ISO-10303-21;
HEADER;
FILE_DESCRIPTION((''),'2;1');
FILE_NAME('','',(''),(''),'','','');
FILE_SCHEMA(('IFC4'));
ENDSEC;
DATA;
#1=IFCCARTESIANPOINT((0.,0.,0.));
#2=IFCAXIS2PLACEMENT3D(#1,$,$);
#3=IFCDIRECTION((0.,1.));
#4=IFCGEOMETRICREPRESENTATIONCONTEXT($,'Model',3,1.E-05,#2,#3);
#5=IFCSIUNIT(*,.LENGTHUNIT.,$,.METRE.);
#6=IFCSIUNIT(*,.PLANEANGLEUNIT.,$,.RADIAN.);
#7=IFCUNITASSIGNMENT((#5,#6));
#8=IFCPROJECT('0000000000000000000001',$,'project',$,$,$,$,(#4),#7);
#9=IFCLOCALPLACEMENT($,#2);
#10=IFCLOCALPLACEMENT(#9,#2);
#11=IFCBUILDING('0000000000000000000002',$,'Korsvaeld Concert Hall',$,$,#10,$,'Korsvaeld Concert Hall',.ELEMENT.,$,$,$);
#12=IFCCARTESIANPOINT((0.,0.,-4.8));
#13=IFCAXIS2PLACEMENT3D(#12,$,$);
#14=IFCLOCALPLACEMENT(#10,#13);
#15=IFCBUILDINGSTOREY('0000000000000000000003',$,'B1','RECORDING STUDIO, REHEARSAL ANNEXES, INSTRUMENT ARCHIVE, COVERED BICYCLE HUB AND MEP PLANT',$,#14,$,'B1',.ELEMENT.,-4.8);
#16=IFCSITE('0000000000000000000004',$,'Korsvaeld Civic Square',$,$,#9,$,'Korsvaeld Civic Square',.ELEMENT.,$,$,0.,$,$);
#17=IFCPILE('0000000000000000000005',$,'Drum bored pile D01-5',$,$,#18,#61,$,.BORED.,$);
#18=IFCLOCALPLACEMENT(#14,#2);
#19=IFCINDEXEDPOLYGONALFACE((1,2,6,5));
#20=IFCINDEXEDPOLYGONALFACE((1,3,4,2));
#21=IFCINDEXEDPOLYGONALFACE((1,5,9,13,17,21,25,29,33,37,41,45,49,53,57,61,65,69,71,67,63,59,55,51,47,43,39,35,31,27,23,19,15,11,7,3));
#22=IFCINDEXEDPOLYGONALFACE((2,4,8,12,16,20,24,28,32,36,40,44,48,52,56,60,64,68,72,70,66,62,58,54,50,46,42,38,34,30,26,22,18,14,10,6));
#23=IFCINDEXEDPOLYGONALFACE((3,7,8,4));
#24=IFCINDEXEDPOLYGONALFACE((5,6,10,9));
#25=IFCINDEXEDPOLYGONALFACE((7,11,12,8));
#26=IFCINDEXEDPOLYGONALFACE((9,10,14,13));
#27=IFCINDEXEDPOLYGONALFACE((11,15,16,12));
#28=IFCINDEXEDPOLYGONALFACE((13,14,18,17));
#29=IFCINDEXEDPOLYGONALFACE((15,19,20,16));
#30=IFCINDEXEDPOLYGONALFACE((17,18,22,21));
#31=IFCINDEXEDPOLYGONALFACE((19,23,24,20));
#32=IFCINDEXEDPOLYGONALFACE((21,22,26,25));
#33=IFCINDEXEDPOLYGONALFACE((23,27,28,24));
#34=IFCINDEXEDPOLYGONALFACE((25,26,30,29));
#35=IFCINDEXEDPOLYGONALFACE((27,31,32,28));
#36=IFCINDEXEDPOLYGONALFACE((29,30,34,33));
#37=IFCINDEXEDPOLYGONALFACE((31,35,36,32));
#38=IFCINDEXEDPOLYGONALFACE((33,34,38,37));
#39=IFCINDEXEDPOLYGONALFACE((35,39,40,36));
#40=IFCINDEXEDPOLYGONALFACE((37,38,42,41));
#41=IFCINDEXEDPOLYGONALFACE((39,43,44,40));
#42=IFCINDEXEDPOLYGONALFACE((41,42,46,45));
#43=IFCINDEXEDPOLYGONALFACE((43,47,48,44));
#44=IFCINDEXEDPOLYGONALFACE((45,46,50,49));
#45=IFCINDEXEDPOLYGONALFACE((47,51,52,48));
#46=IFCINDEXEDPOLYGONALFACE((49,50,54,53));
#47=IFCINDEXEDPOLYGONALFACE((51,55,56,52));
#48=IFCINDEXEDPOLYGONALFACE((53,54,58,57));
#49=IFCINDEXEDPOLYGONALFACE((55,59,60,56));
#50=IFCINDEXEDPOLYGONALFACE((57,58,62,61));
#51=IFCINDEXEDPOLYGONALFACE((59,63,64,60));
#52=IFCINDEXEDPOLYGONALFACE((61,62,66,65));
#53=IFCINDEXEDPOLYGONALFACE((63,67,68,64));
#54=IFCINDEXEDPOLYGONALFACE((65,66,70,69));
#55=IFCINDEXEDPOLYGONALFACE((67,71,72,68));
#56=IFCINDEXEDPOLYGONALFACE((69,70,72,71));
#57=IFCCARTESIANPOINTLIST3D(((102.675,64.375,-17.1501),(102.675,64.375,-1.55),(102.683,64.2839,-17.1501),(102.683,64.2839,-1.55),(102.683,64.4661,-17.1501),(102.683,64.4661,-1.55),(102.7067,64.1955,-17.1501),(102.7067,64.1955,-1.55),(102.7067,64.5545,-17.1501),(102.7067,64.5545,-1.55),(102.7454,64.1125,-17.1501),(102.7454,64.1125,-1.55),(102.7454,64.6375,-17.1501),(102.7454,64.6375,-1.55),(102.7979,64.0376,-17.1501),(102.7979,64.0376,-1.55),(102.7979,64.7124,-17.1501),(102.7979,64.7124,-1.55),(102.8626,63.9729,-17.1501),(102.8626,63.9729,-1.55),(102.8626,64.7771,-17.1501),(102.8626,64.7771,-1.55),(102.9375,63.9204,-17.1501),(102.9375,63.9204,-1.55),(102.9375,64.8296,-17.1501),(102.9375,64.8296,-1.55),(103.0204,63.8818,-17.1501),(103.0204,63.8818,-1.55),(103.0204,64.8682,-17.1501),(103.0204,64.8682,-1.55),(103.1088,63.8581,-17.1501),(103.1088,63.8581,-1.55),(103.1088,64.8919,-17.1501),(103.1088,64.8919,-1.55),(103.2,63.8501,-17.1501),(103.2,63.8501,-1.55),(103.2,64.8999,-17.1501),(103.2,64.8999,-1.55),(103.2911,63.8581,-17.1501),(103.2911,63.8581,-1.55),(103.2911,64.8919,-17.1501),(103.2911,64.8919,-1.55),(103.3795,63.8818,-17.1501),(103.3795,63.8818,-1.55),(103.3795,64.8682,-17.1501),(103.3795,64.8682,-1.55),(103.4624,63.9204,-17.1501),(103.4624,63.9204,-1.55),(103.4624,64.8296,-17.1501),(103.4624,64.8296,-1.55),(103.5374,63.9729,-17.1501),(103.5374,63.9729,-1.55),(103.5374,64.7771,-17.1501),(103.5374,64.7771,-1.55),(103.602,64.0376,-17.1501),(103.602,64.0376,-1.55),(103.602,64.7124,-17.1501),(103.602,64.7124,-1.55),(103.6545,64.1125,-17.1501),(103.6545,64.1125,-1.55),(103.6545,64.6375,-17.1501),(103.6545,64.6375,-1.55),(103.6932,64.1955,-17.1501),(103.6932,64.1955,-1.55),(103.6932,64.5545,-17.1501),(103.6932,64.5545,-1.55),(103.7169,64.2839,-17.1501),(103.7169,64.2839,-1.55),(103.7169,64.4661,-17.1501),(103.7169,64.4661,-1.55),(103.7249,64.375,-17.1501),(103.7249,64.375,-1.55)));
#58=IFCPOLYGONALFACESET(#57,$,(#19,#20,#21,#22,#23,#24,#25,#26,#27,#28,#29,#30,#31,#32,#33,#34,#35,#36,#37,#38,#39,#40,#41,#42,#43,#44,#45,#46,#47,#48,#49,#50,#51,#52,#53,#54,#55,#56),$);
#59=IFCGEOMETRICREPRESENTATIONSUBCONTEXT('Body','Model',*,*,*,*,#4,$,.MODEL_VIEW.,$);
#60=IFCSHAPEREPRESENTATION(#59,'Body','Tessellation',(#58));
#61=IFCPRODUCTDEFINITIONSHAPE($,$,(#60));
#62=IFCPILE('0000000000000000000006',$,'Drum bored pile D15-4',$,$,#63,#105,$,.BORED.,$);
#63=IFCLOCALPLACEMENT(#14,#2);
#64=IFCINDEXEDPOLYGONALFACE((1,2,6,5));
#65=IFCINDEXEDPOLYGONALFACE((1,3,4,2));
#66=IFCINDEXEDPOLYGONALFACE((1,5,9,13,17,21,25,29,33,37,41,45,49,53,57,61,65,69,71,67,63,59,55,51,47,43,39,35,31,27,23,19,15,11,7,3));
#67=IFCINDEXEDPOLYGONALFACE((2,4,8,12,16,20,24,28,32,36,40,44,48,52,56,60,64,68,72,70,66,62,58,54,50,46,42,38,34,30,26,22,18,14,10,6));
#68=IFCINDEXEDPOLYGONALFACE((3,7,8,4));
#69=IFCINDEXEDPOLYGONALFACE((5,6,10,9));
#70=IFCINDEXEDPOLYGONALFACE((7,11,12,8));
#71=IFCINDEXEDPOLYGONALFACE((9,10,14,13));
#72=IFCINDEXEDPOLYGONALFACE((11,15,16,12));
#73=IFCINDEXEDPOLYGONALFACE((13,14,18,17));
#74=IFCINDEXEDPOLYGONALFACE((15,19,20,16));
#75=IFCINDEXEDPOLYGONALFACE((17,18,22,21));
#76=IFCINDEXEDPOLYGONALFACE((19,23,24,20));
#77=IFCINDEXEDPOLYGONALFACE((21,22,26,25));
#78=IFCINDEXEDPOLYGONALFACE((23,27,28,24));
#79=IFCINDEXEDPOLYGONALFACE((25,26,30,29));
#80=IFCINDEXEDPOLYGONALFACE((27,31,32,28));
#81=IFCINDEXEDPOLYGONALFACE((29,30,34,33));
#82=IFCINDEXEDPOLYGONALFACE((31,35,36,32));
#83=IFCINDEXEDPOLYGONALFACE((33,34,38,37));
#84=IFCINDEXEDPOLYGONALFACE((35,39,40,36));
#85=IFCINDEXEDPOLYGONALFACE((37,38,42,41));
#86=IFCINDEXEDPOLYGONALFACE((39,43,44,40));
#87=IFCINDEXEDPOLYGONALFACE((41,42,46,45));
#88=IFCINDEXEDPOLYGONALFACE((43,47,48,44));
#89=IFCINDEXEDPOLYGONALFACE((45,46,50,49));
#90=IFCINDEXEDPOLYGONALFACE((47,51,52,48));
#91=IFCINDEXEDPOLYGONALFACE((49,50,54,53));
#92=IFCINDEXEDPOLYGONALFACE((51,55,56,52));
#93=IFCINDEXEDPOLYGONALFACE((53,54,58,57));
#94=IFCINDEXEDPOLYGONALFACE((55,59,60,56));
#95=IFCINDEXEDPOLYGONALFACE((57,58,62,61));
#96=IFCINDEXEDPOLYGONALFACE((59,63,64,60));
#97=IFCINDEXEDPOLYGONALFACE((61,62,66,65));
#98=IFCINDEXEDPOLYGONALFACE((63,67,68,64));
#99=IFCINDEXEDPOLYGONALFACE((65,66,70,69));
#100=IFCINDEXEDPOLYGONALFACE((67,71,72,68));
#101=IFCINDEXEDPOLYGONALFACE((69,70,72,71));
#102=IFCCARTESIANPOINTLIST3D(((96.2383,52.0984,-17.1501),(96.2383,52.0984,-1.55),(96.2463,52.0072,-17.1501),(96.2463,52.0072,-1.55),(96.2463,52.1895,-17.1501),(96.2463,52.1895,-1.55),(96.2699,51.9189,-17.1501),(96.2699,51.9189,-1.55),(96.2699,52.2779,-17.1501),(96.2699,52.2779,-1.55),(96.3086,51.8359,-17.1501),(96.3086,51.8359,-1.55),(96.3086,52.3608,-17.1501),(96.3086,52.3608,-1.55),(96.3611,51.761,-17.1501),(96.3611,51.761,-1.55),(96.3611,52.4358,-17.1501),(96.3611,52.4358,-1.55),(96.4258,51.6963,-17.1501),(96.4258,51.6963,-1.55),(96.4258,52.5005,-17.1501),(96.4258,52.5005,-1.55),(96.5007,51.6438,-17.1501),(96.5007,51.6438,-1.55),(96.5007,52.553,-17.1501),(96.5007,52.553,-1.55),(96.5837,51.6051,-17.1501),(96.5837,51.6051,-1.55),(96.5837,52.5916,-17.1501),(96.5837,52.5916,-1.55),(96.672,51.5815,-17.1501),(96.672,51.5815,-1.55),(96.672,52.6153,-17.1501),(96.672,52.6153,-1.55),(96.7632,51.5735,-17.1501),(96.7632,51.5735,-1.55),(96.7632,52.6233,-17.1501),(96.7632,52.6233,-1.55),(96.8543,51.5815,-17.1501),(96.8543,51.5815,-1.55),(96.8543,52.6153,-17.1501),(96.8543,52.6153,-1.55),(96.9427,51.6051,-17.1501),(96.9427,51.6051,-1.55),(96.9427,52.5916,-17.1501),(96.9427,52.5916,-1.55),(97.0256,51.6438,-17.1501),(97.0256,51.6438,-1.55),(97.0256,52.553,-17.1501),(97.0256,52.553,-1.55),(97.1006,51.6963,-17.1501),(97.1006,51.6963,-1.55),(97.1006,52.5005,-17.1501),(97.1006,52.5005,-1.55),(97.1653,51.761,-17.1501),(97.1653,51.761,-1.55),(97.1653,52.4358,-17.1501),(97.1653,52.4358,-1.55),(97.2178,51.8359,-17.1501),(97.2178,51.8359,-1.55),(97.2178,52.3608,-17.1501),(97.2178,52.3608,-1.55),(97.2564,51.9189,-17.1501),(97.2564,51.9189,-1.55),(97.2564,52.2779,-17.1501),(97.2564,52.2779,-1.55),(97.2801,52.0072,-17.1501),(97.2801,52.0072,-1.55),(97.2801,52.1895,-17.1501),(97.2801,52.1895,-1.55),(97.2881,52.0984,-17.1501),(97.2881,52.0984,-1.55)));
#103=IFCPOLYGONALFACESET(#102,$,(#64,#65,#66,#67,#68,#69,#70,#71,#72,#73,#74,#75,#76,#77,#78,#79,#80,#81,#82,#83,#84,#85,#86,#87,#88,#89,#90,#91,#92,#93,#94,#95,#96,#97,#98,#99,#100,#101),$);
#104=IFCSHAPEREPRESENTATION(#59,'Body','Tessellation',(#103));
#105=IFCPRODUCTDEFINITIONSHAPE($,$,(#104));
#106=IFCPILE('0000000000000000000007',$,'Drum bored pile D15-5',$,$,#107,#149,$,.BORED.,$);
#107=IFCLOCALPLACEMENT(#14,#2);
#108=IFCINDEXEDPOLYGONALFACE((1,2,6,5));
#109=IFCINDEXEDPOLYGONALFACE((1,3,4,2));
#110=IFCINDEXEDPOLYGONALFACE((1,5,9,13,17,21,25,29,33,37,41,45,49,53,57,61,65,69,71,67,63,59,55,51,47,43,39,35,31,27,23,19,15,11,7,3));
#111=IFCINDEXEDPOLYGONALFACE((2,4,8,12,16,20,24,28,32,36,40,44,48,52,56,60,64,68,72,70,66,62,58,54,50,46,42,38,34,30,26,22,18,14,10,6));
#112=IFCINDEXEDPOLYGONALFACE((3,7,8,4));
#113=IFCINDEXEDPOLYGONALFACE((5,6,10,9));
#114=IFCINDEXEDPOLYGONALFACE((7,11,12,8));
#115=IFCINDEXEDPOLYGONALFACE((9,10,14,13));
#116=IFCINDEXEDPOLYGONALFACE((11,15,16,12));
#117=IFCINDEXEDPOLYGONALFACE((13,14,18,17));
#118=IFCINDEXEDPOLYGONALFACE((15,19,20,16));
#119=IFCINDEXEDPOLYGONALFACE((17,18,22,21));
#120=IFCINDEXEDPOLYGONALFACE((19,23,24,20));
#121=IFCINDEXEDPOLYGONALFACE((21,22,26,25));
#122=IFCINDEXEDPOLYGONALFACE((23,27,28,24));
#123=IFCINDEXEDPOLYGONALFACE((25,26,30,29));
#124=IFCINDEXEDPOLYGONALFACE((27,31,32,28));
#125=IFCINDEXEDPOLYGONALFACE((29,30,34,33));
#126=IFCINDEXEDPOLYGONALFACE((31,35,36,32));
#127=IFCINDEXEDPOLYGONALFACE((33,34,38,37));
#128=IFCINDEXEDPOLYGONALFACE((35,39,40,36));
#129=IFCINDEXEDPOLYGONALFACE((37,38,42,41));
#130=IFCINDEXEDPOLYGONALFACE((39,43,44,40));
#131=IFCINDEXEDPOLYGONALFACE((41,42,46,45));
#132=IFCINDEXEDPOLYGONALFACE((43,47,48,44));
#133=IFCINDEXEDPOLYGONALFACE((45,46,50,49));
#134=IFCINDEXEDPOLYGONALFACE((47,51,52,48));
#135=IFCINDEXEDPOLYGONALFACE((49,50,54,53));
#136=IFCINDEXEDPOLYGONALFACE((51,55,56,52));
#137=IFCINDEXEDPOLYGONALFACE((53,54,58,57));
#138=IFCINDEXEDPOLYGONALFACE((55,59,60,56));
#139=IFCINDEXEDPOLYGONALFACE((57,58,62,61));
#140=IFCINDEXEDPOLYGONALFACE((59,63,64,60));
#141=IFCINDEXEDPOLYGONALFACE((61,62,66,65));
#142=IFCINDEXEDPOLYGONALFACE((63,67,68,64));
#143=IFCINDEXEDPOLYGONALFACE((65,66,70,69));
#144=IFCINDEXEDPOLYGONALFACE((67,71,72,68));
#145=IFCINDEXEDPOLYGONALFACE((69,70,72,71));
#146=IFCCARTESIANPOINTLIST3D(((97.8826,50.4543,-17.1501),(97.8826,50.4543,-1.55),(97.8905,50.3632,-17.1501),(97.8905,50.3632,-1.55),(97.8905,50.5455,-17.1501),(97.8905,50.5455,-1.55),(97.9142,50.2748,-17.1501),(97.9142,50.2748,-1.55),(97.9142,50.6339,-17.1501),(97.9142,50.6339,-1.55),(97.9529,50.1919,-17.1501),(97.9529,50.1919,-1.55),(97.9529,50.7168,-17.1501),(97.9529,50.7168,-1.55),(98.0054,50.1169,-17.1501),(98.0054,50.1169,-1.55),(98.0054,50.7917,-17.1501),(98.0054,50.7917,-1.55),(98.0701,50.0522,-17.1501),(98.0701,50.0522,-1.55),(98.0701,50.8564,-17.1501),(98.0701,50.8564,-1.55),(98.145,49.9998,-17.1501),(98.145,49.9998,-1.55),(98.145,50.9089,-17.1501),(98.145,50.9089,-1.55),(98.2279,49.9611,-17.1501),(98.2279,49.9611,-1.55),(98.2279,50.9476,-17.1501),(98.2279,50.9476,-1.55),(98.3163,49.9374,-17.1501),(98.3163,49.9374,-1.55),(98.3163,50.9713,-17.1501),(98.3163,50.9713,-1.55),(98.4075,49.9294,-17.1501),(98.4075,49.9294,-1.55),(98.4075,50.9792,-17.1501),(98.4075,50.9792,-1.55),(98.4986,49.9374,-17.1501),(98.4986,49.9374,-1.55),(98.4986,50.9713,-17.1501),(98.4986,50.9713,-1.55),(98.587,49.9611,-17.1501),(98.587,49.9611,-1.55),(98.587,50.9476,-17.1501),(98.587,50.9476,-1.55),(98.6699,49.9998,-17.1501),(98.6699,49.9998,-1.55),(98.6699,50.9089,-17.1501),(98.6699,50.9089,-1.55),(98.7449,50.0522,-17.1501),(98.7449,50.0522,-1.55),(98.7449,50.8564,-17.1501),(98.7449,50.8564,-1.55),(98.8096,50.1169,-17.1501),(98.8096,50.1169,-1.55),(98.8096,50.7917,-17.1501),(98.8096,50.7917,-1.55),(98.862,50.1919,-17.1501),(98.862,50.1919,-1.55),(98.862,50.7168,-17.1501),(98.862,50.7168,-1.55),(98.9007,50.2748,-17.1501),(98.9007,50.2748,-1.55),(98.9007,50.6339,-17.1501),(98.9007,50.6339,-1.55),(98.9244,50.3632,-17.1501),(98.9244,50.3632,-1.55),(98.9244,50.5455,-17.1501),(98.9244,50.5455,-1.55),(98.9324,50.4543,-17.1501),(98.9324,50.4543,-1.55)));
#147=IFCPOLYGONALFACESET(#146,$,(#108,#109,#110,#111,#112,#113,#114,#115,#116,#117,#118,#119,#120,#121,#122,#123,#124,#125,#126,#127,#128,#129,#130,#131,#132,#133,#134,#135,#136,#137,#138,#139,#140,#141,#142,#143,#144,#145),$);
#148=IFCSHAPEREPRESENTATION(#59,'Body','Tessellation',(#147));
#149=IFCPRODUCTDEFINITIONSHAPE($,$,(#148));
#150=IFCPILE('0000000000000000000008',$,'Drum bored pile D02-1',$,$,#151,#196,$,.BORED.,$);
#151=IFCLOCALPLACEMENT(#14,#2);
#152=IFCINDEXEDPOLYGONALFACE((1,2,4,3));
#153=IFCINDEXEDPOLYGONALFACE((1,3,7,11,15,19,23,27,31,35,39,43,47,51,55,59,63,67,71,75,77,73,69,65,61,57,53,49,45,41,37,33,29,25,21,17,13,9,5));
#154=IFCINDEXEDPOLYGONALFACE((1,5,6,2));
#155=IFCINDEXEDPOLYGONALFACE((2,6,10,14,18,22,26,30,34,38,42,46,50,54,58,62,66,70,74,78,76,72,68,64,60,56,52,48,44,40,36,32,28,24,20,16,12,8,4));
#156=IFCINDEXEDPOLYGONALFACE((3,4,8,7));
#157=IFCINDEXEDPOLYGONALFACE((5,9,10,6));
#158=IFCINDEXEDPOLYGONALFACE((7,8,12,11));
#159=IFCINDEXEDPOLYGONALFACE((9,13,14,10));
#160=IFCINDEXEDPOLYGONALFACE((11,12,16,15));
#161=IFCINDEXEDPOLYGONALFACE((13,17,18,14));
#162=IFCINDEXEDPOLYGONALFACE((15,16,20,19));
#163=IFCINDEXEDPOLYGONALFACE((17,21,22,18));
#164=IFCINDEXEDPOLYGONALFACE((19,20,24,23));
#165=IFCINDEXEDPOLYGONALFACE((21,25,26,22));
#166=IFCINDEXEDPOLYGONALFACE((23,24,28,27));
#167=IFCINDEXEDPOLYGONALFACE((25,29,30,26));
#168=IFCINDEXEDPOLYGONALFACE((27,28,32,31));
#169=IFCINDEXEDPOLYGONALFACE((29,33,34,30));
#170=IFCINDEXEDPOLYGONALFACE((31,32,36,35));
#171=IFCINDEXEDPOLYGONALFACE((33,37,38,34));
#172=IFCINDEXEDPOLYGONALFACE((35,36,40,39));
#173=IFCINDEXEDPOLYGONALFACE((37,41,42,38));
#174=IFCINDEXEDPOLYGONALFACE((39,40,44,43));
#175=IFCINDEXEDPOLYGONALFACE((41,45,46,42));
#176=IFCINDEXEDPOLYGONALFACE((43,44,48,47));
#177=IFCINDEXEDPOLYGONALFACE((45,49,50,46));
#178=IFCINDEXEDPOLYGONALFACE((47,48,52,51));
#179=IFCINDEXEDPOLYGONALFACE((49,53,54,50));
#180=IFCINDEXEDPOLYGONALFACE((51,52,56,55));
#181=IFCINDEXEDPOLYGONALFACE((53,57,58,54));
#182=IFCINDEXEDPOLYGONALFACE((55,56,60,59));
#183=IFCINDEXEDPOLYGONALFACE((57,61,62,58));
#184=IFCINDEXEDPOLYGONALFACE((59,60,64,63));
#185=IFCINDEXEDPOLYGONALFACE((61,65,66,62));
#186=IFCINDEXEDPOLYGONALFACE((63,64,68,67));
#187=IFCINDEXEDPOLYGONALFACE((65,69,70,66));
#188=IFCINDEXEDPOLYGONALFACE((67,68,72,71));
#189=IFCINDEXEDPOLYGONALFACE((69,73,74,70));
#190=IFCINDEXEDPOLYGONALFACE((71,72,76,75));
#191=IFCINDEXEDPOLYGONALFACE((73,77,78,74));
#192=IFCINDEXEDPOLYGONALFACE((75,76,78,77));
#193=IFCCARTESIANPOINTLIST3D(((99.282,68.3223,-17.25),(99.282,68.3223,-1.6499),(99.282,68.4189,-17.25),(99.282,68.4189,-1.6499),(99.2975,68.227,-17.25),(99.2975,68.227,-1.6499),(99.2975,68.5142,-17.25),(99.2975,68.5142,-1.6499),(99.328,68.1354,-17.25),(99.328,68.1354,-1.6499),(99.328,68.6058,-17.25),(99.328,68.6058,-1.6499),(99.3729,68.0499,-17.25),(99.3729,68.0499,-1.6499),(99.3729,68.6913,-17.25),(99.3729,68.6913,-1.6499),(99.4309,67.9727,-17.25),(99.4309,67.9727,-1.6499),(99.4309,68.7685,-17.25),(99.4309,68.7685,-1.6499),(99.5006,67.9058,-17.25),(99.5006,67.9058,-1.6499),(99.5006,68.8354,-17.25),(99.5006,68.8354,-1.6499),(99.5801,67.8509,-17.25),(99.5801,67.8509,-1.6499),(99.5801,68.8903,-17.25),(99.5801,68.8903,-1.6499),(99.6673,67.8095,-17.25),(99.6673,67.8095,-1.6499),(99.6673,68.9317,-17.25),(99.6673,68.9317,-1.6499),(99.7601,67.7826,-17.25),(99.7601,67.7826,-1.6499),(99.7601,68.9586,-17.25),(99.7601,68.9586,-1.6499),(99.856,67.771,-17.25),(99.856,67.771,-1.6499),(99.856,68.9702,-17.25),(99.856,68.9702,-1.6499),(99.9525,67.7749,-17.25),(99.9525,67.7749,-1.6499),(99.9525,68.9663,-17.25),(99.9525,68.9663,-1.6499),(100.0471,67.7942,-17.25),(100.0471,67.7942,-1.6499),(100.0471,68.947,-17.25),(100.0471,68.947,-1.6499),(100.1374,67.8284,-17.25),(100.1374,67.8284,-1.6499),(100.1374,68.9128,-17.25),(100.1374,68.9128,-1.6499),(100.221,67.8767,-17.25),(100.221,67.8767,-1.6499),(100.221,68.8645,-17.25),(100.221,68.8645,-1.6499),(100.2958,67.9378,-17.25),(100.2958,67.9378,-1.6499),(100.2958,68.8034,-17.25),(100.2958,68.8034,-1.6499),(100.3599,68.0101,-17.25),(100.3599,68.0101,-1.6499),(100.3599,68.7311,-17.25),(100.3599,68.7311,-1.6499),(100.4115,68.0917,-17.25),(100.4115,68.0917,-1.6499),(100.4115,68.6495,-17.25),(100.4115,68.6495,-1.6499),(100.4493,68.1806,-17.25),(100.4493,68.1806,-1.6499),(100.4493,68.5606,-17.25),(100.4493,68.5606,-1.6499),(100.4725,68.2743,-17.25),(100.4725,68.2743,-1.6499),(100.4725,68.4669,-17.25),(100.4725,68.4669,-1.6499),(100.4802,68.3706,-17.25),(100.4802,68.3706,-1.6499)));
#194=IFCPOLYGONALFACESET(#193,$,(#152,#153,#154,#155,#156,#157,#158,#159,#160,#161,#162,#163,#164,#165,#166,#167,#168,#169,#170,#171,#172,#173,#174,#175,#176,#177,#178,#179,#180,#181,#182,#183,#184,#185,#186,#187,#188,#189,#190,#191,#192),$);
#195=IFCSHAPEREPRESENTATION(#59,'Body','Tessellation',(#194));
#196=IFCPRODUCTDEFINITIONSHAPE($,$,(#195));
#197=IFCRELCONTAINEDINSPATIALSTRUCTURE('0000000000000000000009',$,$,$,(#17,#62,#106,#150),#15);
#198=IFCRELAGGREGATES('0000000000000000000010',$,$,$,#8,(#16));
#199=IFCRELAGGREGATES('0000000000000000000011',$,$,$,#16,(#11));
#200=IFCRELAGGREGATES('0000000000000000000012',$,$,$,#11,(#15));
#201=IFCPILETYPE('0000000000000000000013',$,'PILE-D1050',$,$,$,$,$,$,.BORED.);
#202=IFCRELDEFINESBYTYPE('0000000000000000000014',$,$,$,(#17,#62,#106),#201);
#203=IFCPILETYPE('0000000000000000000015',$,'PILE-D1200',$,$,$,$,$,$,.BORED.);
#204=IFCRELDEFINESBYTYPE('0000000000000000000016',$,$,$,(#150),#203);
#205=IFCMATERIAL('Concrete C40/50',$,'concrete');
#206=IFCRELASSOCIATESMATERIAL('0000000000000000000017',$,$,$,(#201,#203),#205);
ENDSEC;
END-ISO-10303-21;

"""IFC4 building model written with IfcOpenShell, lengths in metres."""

from ifc_helpers import new_model, si_unit, direction, frame, origin, origin_2d, place, context, subcontext, project, spatial, circle, extrude, material, material_profile, profile_set, type_object, element, save


model = new_model("IFC4")

# Units and contexts
model_context = context("Model", 3, precision=1e-05, world=origin(), true_north=direction((0.0, 1.0)))
body_context = subcontext(model_context, "Body", "Model", "MODEL_VIEW")
ifc_project = project(units=[si_unit("LENGTHUNIT", "METRE"), si_unit("PLANEANGLEUNIT", "RADIAN")], contexts=[model_context])

# Site, building, storey
site_placement = place(None, origin())
site = spatial("IfcSite", under=ifc_project, at=site_placement, Name="Korsvaeld Civic Square", LongName="Korsvaeld Civic Square", CompositionType="ELEMENT", RefElevation=0.0)
building_placement = place(site_placement, origin())
building = spatial("IfcBuilding", under=site, at=building_placement, Name="Korsvaeld Concert Hall", LongName="Korsvaeld Concert Hall", CompositionType="ELEMENT")
storey_placement = place(building_placement, frame((0.0, 0.0, -4.8)))
storey = spatial("IfcBuildingStorey", under=building, at=storey_placement, Name="B1", Description="RECORDING STUDIO, REHEARSAL ANNEXES, INSTRUMENT ARCHIVE, COVERED BICYCLE HUB AND MEP PLANT", LongName="B1", CompositionType="ELEMENT", Elevation=-4.8)

# Piles
ifc_material_1 = material(Name="Concrete C40/50", Category="concrete")
ifc_material_profile_1 = material_profile(ifc_material_1, circle(Radius=0.5249, at=origin_2d()), Name="BORED PILE D1050")
ifc_profile_set_1 = profile_set([ifc_material_profile_1], Name="Concrete C40/50")
pile_type_1 = type_object("IfcPileType", Name="PILE-D1050", PredefinedType="BORED", material=ifc_profile_set_1)
for number, where, z_axis, x_axis, name in (
    (1, (103.2, 64.375, -1.55), (0.0, 0.0, -1.0), (1.0, 0.0, 0.0), "Drum bored pile D01-5"),
    (2, (96.7632, 52.0984, -1.55), (0.0, 0.0, -1.0), (1.0, 0.0, 0.0), "Drum bored pile D15-4"),
    (3, (98.4075, 50.4543, -1.55), (0.0, 0.0, -1.0), (1.0, 0.0, 0.0), "Drum bored pile D15-5"),
):
    element("IfcPile", number, at=place(storey_placement, frame(where, z_axis=z_axis, x_axis=x_axis)), inside=storey, type_object=pile_type_1, Name=name, PredefinedType="BORED", context=body_context, shape_type="SweptSolid", body=[
        extrude(circle(Radius=0.5249, at=origin_2d()), origin(), (0.0, 0.0, 1.0), 15.6001),
    ])
ifc_material_profile_2 = material_profile(ifc_material_1, circle(Radius=0.6001, at=origin_2d()), Name="BORED PILE D1200")
ifc_profile_set_2 = profile_set([ifc_material_profile_2], Name="Concrete C40/50")
pile_type_2 = type_object("IfcPileType", Name="PILE-D1200", PredefinedType="BORED", material=ifc_profile_set_2)
for number, where, z_axis, x_axis, name in (
    (4, (99.8801, 68.3706, -1.6499), (0.0, 0.0, -1.0), (1.0, 0.0, 0.0), "Drum bored pile D02-1"),
):
    element("IfcPile", number, at=place(storey_placement, frame(where, z_axis=z_axis, x_axis=x_axis)), inside=storey, type_object=pile_type_2, Name=name, PredefinedType="BORED", context=body_context, shape_type="SweptSolid", body=[
        extrude(circle(Radius=0.6001, at=origin_2d()), origin(), (0.0, 0.0, 1.0), 15.6001),
    ])

save(model, "model.ifc")
